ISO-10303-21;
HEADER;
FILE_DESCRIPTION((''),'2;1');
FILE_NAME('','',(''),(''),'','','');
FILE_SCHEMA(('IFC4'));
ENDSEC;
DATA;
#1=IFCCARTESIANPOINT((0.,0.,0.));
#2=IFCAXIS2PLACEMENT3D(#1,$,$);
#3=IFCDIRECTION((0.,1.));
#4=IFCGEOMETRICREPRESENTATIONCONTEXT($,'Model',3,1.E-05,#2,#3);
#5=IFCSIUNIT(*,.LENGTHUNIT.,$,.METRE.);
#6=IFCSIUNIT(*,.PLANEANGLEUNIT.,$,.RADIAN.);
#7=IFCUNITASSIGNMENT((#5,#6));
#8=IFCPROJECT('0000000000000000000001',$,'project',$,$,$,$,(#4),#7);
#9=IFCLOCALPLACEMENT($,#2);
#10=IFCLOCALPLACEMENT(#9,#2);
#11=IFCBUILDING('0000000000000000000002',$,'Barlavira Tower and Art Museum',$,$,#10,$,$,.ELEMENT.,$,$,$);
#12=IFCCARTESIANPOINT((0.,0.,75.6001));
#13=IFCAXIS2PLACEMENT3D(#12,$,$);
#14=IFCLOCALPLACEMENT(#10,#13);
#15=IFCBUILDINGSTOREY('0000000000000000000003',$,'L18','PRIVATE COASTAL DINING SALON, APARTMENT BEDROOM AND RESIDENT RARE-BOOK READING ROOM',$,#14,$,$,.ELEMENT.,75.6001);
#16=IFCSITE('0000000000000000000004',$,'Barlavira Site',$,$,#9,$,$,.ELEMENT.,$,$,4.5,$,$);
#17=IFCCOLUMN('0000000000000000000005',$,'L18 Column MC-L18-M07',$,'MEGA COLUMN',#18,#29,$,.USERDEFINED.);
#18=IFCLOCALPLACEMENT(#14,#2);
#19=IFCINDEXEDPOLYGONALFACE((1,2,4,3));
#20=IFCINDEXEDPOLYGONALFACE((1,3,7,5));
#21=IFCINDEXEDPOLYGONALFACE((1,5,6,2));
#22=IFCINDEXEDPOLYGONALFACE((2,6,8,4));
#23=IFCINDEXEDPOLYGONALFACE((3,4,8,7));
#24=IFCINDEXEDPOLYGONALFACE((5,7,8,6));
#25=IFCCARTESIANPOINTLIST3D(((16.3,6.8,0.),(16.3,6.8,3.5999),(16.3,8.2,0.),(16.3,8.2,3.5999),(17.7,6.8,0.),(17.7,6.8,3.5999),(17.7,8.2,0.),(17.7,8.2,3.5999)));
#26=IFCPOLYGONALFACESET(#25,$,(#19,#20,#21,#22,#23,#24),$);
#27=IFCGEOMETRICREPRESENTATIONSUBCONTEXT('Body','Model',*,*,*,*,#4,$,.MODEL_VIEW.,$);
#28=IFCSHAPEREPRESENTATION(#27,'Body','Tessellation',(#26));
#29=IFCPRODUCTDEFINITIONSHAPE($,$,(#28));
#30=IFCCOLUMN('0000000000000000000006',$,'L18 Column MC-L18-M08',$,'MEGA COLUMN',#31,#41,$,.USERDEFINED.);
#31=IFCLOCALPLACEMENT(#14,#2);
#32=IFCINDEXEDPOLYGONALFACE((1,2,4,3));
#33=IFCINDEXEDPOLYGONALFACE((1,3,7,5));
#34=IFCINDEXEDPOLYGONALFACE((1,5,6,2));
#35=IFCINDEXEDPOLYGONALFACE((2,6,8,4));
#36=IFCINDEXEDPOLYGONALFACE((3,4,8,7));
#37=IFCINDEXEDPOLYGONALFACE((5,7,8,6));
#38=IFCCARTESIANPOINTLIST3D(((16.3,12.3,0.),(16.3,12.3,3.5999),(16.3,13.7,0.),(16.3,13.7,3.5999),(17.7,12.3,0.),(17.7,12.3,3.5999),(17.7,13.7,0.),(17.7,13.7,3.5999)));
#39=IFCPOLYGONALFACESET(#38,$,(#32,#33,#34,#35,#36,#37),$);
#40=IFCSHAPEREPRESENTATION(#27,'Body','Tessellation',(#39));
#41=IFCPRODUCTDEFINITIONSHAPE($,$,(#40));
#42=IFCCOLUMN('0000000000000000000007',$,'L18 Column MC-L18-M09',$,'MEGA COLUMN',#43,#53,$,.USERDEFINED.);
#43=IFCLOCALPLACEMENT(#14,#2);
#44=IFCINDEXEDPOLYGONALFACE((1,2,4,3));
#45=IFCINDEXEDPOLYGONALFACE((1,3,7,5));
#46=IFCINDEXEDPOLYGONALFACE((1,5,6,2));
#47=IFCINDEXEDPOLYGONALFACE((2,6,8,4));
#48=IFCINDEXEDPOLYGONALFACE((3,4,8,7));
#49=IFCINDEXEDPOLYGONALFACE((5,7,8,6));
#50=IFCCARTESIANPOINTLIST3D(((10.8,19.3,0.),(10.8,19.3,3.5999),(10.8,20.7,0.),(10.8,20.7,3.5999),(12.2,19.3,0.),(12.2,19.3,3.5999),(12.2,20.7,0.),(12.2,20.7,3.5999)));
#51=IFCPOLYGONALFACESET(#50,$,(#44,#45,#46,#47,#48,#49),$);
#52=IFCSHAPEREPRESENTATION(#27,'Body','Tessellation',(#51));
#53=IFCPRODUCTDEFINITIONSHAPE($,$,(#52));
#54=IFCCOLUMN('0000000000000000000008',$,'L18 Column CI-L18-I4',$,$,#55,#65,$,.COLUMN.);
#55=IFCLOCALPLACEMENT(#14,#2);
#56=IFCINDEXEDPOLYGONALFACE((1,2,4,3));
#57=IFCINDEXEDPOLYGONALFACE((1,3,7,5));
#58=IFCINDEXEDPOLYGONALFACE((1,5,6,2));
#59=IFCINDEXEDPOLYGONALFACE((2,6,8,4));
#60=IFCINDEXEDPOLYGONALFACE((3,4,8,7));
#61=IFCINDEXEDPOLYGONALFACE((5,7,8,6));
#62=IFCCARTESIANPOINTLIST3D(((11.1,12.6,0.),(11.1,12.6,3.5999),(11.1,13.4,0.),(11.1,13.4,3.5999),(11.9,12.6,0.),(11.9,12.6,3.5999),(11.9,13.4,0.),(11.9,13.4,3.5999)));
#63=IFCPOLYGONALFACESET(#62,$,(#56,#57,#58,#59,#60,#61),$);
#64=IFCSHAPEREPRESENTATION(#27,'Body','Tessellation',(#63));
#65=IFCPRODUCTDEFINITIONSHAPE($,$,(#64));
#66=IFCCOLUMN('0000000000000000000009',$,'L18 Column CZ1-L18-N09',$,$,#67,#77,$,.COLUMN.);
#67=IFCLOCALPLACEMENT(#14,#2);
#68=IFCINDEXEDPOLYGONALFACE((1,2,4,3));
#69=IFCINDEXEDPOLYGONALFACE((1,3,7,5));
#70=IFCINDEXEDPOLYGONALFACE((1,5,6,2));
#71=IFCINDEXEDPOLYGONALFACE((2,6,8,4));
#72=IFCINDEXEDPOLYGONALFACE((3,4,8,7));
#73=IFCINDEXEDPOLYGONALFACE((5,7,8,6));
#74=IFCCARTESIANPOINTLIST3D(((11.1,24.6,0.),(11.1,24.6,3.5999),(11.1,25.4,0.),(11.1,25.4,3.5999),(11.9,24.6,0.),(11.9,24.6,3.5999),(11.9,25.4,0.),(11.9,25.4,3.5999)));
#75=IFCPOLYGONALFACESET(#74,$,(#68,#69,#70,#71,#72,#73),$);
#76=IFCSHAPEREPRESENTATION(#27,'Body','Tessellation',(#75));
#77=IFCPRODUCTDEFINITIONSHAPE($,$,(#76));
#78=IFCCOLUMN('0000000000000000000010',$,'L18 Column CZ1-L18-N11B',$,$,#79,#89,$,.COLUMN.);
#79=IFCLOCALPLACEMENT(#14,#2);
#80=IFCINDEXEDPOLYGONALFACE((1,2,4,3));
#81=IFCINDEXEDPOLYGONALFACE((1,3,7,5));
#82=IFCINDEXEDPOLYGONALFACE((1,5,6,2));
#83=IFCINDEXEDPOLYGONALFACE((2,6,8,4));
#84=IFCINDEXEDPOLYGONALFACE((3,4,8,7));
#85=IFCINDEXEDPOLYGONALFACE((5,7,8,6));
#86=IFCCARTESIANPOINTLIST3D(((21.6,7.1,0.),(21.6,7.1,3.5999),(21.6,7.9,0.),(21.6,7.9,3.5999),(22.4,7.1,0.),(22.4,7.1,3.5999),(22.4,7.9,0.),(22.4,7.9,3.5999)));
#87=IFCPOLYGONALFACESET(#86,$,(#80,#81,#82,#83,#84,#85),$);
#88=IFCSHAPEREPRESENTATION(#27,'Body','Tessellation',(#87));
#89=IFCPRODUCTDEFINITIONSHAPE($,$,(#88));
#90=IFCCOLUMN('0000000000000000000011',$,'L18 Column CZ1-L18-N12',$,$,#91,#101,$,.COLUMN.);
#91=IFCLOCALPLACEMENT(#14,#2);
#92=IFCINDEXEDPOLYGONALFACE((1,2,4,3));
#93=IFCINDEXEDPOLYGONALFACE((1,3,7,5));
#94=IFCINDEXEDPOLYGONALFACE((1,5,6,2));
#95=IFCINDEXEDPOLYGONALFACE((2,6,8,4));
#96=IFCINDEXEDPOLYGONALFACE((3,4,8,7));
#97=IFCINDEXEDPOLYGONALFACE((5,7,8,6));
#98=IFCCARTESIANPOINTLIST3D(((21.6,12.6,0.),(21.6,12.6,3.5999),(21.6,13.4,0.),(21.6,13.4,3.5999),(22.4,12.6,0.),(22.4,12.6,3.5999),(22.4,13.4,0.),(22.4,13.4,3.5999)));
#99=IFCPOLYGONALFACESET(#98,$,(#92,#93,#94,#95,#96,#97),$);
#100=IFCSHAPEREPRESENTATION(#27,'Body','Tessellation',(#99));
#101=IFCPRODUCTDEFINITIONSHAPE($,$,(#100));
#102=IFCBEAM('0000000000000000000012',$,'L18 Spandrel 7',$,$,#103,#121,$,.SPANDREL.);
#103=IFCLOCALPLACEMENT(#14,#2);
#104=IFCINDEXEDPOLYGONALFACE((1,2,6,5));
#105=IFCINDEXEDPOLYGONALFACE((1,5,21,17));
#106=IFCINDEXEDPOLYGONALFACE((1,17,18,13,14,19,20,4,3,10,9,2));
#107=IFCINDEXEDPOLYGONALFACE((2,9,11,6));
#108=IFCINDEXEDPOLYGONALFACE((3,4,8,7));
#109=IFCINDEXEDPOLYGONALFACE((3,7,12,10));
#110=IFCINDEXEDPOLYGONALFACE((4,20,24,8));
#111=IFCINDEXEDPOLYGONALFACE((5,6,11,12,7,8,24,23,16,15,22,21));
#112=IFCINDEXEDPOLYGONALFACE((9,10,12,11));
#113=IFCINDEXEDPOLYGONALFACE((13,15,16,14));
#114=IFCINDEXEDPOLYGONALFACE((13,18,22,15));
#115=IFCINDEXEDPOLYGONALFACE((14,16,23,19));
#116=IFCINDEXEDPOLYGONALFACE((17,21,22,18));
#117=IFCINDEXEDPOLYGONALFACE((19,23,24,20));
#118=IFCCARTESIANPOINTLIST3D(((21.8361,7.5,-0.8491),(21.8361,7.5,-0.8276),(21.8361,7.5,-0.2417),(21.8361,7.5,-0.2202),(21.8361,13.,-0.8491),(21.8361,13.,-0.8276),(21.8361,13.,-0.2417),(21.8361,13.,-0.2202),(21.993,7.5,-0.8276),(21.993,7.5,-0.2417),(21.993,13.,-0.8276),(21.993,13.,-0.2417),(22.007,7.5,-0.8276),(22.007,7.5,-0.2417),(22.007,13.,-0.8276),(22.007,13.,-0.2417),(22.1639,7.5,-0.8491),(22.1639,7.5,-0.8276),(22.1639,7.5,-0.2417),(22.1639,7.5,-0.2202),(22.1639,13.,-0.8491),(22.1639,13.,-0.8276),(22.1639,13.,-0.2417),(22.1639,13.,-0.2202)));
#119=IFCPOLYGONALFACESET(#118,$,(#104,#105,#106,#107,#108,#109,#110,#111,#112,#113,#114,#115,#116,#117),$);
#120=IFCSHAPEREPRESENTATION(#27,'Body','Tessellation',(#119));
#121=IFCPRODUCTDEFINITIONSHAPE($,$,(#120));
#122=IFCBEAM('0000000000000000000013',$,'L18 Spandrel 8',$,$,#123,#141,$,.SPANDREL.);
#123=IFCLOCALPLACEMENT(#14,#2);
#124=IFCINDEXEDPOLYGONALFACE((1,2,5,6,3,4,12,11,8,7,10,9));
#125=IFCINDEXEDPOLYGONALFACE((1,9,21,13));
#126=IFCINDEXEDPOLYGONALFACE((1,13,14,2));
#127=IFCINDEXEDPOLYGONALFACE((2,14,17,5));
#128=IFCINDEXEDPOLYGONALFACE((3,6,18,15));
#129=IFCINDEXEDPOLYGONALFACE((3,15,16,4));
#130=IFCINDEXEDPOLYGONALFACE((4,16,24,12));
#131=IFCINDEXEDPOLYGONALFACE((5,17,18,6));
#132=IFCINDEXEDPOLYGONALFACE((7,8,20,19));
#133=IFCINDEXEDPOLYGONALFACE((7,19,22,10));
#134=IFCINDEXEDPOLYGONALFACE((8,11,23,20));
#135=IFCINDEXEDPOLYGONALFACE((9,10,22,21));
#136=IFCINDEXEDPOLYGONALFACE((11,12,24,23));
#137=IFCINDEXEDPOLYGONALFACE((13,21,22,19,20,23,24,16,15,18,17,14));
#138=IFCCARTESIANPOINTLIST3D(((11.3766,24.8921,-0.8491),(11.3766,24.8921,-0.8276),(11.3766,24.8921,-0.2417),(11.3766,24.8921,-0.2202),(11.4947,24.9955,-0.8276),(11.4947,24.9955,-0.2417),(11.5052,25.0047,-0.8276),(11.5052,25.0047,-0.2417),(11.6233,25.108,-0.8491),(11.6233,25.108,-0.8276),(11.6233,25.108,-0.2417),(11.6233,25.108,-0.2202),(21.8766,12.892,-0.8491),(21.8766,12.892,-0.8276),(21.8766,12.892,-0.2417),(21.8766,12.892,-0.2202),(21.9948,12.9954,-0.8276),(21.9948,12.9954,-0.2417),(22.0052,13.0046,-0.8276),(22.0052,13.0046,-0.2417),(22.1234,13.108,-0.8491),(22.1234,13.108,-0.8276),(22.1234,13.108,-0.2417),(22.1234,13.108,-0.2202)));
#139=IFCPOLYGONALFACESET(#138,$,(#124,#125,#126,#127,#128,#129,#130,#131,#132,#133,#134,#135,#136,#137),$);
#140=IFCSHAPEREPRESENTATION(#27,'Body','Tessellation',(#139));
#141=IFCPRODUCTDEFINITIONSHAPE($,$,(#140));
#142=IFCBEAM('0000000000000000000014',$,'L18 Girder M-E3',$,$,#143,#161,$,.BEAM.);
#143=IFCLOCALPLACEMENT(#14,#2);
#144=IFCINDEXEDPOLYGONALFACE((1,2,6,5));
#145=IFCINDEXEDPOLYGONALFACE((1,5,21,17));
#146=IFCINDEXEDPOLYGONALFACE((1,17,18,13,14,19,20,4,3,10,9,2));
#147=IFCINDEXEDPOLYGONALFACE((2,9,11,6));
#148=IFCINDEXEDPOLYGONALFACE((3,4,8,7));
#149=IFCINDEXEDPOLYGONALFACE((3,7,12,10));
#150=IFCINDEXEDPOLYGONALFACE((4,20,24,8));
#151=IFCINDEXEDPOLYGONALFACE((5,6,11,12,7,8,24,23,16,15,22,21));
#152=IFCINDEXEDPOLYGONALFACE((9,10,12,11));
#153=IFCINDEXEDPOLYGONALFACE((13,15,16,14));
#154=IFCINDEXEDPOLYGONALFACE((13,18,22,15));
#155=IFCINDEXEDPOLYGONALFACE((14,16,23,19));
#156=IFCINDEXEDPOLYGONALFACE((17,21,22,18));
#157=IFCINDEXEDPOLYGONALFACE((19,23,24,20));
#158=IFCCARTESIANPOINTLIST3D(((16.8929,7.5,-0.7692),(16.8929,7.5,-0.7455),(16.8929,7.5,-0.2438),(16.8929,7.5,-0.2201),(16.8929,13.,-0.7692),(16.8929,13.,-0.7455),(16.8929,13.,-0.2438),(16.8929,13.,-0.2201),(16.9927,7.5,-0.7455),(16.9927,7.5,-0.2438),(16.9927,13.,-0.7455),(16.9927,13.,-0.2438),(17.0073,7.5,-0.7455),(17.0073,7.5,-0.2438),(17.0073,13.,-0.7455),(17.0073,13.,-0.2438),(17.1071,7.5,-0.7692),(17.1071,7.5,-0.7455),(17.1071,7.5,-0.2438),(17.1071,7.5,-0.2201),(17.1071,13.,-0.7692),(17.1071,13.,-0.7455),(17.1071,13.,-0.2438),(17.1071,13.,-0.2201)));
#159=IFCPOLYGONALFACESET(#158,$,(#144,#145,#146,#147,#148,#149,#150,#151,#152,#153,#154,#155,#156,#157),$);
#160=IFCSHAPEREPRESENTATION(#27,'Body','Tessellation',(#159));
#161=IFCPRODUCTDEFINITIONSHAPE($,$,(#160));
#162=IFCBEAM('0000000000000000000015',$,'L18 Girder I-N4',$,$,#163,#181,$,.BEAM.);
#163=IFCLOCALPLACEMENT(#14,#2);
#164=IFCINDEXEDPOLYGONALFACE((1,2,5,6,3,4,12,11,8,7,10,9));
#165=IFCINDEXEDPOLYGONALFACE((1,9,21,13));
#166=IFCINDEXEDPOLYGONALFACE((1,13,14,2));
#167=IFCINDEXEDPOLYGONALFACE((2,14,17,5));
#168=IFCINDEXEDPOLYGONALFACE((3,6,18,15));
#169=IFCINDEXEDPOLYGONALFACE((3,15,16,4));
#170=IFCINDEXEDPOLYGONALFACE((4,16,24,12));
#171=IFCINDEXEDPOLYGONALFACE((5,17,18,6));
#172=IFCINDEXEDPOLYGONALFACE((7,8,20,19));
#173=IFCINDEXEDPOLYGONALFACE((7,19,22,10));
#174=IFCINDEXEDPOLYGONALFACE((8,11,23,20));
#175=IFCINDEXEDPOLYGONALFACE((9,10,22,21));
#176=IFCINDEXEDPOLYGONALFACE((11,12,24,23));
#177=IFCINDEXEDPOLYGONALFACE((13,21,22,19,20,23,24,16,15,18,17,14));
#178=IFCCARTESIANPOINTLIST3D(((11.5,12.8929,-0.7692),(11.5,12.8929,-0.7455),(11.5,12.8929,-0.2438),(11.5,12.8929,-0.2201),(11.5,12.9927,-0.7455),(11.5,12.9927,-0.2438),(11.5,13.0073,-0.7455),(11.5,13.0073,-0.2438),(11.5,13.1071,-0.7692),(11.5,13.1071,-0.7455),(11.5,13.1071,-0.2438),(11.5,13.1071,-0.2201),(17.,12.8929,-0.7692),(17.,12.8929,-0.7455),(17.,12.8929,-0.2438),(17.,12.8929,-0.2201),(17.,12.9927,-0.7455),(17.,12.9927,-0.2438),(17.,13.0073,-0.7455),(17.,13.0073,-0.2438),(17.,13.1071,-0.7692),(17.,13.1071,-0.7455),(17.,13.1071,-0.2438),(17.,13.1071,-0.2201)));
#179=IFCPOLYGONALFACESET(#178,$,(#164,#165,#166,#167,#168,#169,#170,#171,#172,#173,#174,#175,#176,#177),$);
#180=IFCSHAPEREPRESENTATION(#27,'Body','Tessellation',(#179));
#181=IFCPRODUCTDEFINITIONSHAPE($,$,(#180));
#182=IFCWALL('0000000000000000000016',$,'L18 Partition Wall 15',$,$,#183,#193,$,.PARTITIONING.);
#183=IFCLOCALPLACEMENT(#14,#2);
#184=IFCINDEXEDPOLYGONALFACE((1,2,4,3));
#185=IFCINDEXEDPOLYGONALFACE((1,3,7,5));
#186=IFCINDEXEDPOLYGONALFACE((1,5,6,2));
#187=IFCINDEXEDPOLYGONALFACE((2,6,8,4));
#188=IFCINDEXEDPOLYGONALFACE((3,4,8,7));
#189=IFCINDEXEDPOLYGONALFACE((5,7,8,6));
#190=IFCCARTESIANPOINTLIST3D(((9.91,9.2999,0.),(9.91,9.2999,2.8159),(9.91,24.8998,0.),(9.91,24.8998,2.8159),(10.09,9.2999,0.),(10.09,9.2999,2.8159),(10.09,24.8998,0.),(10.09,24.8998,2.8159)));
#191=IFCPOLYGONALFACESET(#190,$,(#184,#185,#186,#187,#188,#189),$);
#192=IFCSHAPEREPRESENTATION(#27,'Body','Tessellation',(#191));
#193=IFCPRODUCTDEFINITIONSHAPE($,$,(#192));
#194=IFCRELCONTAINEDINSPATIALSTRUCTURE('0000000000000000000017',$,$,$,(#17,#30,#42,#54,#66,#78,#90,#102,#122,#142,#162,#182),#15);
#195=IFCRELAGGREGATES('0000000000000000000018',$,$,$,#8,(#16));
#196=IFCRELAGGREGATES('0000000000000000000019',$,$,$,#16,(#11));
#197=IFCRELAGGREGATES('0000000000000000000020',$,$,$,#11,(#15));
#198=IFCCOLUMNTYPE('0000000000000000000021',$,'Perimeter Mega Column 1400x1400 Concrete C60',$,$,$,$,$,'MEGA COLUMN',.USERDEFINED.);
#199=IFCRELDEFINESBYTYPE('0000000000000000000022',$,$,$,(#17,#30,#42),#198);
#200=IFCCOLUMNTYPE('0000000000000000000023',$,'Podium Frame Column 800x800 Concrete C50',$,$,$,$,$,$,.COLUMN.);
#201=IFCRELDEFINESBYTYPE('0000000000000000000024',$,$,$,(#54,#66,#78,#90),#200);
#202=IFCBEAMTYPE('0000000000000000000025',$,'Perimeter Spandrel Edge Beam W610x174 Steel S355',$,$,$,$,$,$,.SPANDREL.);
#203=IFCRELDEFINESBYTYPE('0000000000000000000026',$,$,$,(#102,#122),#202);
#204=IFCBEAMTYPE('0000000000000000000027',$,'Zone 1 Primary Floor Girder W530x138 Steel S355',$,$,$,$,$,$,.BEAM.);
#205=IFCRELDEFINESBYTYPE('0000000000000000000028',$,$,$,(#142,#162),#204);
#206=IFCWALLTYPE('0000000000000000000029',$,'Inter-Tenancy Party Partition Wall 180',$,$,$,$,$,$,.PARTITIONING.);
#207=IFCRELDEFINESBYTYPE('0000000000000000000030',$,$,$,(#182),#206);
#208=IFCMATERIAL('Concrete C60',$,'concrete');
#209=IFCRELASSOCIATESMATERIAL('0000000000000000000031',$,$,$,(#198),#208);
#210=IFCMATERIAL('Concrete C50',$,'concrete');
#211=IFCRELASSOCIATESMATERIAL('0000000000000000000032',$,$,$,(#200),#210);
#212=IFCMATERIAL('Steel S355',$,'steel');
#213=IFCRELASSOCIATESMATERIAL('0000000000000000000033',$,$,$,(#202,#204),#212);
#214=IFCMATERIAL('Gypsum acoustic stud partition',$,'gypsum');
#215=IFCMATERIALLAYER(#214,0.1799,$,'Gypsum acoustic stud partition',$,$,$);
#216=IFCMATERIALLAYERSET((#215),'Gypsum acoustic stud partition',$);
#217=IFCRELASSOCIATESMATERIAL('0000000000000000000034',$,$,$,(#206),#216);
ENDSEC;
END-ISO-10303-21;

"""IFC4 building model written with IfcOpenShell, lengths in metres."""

from ifc_helpers import new_model, si_unit, direction, frame, frame_2d, origin, origin_2d, place, context, subcontext, project, spatial, rectangle, i_section, extrude, material, layer, layer_set, material_profile, profile_set, type_object, element, save


model = new_model("IFC4")

# Units and contexts
model_context = context("Model", 3, precision=1e-05, world=origin(), true_north=direction((0.0, 1.0)))
body_context = subcontext(model_context, "Body", "Model", "MODEL_VIEW")
ifc_project = project(units=[si_unit("LENGTHUNIT", "METRE"), si_unit("PLANEANGLEUNIT", "RADIAN")], contexts=[model_context])

# Site, building, storey
site_placement = place(None, origin())
site = spatial("IfcSite", under=ifc_project, at=site_placement, Name="Barlavira Site", CompositionType="ELEMENT", RefElevation=4.5)
building_placement = place(site_placement, origin())
building = spatial("IfcBuilding", under=site, at=building_placement, Name="Barlavira Tower and Art Museum", CompositionType="ELEMENT")
storey_placement = place(building_placement, frame((0.0, 0.0, 75.6001)))
storey = spatial("IfcBuildingStorey", under=building, at=storey_placement, Name="L18", Description="PRIVATE COASTAL DINING SALON, APARTMENT BEDROOM AND RESIDENT RARE-BOOK READING ROOM", CompositionType="ELEMENT", Elevation=75.6001)

# Columns
ifc_material_1 = material(Name="Concrete C60", Category="concrete")
ifc_material_profile_1 = material_profile(ifc_material_1, rectangle(XDim=1.3999, YDim=1.3999, at=origin_2d()), Name="RC-MCOL 1400x1400")
ifc_profile_set_1 = profile_set([ifc_material_profile_1], Name="Concrete C60")
column_type_1 = type_object("IfcColumnType", Name="Perimeter Mega Column 1400x1400 Concrete C60", ElementType="MEGA COLUMN", PredefinedType="USERDEFINED", material=ifc_profile_set_1)
for number, where, z_axis, x_axis, name in (
    (1, (17.0, 7.5, 0.0), (0.0, 0.0, 1.0), (1.0, 0.0, 0.0), "L18 Column MC-L18-M07"),
    (2, (17.0, 13.0, 0.0), (0.0, 0.0, 1.0), (1.0, 0.0, 0.0), "L18 Column MC-L18-M08"),
    (3, (11.5, 20.0, 0.0), (0.0, 0.0, 1.0), (1.0, 0.0, 0.0), "L18 Column MC-L18-M09"),
):
    element("IfcColumn", number, at=place(storey_placement, frame(where, z_axis=z_axis, x_axis=x_axis)), inside=storey, type_object=column_type_1, Name=name, ObjectType="MEGA COLUMN", PredefinedType="USERDEFINED", context=body_context, shape_type="SweptSolid", body=[
        extrude(rectangle(XDim=1.3999, YDim=1.3999, at=origin_2d()), origin(), (0.0, 0.0, 1.0), 3.5999),
    ])
ifc_material_2 = material(Name="Concrete C50", Category="concrete")
ifc_material_profile_2 = material_profile(ifc_material_2, rectangle(XDim=0.8, YDim=0.8, at=origin_2d()), Name="RC-COL 800x800")
ifc_profile_set_2 = profile_set([ifc_material_profile_2], Name="Concrete C50")
column_type_2 = type_object("IfcColumnType", Name="Podium Frame Column 800x800 Concrete C50", PredefinedType="COLUMN", material=ifc_profile_set_2)
for number, where, z_axis, x_axis, name in (
    (4, (11.5, 13.0, 0.0), (0.0, 0.0, 1.0), (1.0, 0.0, 0.0), "L18 Column CI-L18-I4"),
    (5, (11.5, 25.0, 0.0), (0.0, 0.0, 1.0), (1.0, 0.0, 0.0), "L18 Column CZ1-L18-N09"),
    (6, (22.0, 7.5, 0.0), (0.0, 0.0, 1.0), (1.0, 0.0, 0.0), "L18 Column CZ1-L18-N11B"),
    (7, (22.0, 13.0, 0.0), (0.0, 0.0, 1.0), (1.0, 0.0, 0.0), "L18 Column CZ1-L18-N12"),
):
    element("IfcColumn", number, at=place(storey_placement, frame(where, z_axis=z_axis, x_axis=x_axis)), inside=storey, type_object=column_type_2, Name=name, PredefinedType="COLUMN", context=body_context, shape_type="SweptSolid", body=[
        extrude(rectangle(XDim=0.8, YDim=0.8, at=origin_2d()), origin(), (0.0, 0.0, 1.0), 3.5999),
    ])

# Beams
ifc_material_3 = material(Name="Steel S355", Category="steel")
ifc_material_profile_3 = material_profile(ifc_material_3, i_section(OverallWidth=0.3279, OverallDepth=0.6289, WebThickness=0.0139, FlangeThickness=0.0215, at=origin_2d()), Name="W610x174.0")
ifc_profile_set_3 = profile_set([ifc_material_profile_3], Name="Steel S355")
beam_type_1 = type_object("IfcBeamType", Name="Perimeter Spandrel Edge Beam W610x174 Steel S355", PredefinedType="SPANDREL", material=ifc_profile_set_3)
beam_1_placement = place(storey_placement, frame((22.0, 7.5, -0.5347), z_axis=(0.0, 1.0, 0.0), x_axis=(-1.0, 0.0, 0.0)))
element("IfcBeam", 8, at=beam_1_placement, inside=storey, type_object=beam_type_1, Name="L18 Spandrel 7", PredefinedType="SPANDREL", context=body_context, shape_type="SweptSolid", body=[
    extrude(i_section(OverallWidth=0.3279, OverallDepth=0.6289, WebThickness=0.0139, FlangeThickness=0.0215, at=origin_2d()), origin(), (0.0, 0.0, 1.0), 5.5),
])
beam_2_placement = place(storey_placement, frame((22.0, 13.0, -0.5347), z_axis=(-0.658505, 0.752577, 0.0), x_axis=(-0.752577, -0.658505, 0.0)))
element("IfcBeam", 9, at=beam_2_placement, inside=storey, type_object=beam_type_1, Name="L18 Spandrel 8", PredefinedType="SPANDREL", context=body_context, shape_type="SweptSolid", body=[
    extrude(i_section(OverallWidth=0.3279, OverallDepth=0.6289, WebThickness=0.0139, FlangeThickness=0.0215, at=origin_2d()), origin(), (0.0, 0.0, 1.0), 15.9453),
])
ifc_material_profile_4 = material_profile(ifc_material_3, i_section(OverallWidth=0.2141, OverallDepth=0.5491, WebThickness=0.0146, FlangeThickness=0.0237, at=origin_2d()), Name="W530x138.0")
ifc_profile_set_4 = profile_set([ifc_material_profile_4], Name="Steel S355")
beam_type_2 = type_object("IfcBeamType", Name="Zone 1 Primary Floor Girder W530x138 Steel S355", PredefinedType="BEAM", material=ifc_profile_set_4)
for number, where, z_axis, x_axis, name in (
    (10, (17.0, 7.5, -0.4946), (0.0, 1.0, 0.0), (-1.0, 0.0, 0.0), "L18 Girder M-E3"),
    (11, (11.5, 13.0, -0.4946), (1.0, 0.0, 0.0), (0.0, 1.0, 0.0), "L18 Girder I-N4"),
):
    element("IfcBeam", number, at=place(storey_placement, frame(where, z_axis=z_axis, x_axis=x_axis)), inside=storey, type_object=beam_type_2, Name=name, PredefinedType="BEAM", context=body_context, shape_type="SweptSolid", body=[
        extrude(i_section(OverallWidth=0.2141, OverallDepth=0.5491, WebThickness=0.0146, FlangeThickness=0.0237, at=origin_2d()), origin(), (0.0, 0.0, 1.0), 5.5),
    ])

# Wall
ifc_material_4 = material(Name="Gypsum acoustic stud partition", Category="gypsum")
ifc_layer_1 = layer(ifc_material_4, 0.1799, Name="Gypsum acoustic stud partition")
ifc_layer_set_1 = layer_set([ifc_layer_1], Name="Gypsum acoustic stud partition")
wall_type_1 = type_object("IfcWallType", Name="Inter-Tenancy Party Partition Wall 180", PredefinedType="PARTITIONING", material=ifc_layer_set_1)
wall_1_placement = place(storey_placement, frame((10.0, 9.3, 0.0), z_axis=(0.0, 0.0, 1.0), x_axis=(0.0, 1.0, 0.0)))
element("IfcWall", 12, at=wall_1_placement, inside=storey, type_object=wall_type_1, Name="L18 Partition Wall 15", PredefinedType="PARTITIONING", context=body_context, shape_type="SweptSolid", body=[
    extrude(rectangle(XDim=15.5999, YDim=0.1799, at=frame_2d((7.7998, 0.0))), origin(), (0.0, 0.0, 1.0), 2.8159),
])

save(model, "model.ifc")
